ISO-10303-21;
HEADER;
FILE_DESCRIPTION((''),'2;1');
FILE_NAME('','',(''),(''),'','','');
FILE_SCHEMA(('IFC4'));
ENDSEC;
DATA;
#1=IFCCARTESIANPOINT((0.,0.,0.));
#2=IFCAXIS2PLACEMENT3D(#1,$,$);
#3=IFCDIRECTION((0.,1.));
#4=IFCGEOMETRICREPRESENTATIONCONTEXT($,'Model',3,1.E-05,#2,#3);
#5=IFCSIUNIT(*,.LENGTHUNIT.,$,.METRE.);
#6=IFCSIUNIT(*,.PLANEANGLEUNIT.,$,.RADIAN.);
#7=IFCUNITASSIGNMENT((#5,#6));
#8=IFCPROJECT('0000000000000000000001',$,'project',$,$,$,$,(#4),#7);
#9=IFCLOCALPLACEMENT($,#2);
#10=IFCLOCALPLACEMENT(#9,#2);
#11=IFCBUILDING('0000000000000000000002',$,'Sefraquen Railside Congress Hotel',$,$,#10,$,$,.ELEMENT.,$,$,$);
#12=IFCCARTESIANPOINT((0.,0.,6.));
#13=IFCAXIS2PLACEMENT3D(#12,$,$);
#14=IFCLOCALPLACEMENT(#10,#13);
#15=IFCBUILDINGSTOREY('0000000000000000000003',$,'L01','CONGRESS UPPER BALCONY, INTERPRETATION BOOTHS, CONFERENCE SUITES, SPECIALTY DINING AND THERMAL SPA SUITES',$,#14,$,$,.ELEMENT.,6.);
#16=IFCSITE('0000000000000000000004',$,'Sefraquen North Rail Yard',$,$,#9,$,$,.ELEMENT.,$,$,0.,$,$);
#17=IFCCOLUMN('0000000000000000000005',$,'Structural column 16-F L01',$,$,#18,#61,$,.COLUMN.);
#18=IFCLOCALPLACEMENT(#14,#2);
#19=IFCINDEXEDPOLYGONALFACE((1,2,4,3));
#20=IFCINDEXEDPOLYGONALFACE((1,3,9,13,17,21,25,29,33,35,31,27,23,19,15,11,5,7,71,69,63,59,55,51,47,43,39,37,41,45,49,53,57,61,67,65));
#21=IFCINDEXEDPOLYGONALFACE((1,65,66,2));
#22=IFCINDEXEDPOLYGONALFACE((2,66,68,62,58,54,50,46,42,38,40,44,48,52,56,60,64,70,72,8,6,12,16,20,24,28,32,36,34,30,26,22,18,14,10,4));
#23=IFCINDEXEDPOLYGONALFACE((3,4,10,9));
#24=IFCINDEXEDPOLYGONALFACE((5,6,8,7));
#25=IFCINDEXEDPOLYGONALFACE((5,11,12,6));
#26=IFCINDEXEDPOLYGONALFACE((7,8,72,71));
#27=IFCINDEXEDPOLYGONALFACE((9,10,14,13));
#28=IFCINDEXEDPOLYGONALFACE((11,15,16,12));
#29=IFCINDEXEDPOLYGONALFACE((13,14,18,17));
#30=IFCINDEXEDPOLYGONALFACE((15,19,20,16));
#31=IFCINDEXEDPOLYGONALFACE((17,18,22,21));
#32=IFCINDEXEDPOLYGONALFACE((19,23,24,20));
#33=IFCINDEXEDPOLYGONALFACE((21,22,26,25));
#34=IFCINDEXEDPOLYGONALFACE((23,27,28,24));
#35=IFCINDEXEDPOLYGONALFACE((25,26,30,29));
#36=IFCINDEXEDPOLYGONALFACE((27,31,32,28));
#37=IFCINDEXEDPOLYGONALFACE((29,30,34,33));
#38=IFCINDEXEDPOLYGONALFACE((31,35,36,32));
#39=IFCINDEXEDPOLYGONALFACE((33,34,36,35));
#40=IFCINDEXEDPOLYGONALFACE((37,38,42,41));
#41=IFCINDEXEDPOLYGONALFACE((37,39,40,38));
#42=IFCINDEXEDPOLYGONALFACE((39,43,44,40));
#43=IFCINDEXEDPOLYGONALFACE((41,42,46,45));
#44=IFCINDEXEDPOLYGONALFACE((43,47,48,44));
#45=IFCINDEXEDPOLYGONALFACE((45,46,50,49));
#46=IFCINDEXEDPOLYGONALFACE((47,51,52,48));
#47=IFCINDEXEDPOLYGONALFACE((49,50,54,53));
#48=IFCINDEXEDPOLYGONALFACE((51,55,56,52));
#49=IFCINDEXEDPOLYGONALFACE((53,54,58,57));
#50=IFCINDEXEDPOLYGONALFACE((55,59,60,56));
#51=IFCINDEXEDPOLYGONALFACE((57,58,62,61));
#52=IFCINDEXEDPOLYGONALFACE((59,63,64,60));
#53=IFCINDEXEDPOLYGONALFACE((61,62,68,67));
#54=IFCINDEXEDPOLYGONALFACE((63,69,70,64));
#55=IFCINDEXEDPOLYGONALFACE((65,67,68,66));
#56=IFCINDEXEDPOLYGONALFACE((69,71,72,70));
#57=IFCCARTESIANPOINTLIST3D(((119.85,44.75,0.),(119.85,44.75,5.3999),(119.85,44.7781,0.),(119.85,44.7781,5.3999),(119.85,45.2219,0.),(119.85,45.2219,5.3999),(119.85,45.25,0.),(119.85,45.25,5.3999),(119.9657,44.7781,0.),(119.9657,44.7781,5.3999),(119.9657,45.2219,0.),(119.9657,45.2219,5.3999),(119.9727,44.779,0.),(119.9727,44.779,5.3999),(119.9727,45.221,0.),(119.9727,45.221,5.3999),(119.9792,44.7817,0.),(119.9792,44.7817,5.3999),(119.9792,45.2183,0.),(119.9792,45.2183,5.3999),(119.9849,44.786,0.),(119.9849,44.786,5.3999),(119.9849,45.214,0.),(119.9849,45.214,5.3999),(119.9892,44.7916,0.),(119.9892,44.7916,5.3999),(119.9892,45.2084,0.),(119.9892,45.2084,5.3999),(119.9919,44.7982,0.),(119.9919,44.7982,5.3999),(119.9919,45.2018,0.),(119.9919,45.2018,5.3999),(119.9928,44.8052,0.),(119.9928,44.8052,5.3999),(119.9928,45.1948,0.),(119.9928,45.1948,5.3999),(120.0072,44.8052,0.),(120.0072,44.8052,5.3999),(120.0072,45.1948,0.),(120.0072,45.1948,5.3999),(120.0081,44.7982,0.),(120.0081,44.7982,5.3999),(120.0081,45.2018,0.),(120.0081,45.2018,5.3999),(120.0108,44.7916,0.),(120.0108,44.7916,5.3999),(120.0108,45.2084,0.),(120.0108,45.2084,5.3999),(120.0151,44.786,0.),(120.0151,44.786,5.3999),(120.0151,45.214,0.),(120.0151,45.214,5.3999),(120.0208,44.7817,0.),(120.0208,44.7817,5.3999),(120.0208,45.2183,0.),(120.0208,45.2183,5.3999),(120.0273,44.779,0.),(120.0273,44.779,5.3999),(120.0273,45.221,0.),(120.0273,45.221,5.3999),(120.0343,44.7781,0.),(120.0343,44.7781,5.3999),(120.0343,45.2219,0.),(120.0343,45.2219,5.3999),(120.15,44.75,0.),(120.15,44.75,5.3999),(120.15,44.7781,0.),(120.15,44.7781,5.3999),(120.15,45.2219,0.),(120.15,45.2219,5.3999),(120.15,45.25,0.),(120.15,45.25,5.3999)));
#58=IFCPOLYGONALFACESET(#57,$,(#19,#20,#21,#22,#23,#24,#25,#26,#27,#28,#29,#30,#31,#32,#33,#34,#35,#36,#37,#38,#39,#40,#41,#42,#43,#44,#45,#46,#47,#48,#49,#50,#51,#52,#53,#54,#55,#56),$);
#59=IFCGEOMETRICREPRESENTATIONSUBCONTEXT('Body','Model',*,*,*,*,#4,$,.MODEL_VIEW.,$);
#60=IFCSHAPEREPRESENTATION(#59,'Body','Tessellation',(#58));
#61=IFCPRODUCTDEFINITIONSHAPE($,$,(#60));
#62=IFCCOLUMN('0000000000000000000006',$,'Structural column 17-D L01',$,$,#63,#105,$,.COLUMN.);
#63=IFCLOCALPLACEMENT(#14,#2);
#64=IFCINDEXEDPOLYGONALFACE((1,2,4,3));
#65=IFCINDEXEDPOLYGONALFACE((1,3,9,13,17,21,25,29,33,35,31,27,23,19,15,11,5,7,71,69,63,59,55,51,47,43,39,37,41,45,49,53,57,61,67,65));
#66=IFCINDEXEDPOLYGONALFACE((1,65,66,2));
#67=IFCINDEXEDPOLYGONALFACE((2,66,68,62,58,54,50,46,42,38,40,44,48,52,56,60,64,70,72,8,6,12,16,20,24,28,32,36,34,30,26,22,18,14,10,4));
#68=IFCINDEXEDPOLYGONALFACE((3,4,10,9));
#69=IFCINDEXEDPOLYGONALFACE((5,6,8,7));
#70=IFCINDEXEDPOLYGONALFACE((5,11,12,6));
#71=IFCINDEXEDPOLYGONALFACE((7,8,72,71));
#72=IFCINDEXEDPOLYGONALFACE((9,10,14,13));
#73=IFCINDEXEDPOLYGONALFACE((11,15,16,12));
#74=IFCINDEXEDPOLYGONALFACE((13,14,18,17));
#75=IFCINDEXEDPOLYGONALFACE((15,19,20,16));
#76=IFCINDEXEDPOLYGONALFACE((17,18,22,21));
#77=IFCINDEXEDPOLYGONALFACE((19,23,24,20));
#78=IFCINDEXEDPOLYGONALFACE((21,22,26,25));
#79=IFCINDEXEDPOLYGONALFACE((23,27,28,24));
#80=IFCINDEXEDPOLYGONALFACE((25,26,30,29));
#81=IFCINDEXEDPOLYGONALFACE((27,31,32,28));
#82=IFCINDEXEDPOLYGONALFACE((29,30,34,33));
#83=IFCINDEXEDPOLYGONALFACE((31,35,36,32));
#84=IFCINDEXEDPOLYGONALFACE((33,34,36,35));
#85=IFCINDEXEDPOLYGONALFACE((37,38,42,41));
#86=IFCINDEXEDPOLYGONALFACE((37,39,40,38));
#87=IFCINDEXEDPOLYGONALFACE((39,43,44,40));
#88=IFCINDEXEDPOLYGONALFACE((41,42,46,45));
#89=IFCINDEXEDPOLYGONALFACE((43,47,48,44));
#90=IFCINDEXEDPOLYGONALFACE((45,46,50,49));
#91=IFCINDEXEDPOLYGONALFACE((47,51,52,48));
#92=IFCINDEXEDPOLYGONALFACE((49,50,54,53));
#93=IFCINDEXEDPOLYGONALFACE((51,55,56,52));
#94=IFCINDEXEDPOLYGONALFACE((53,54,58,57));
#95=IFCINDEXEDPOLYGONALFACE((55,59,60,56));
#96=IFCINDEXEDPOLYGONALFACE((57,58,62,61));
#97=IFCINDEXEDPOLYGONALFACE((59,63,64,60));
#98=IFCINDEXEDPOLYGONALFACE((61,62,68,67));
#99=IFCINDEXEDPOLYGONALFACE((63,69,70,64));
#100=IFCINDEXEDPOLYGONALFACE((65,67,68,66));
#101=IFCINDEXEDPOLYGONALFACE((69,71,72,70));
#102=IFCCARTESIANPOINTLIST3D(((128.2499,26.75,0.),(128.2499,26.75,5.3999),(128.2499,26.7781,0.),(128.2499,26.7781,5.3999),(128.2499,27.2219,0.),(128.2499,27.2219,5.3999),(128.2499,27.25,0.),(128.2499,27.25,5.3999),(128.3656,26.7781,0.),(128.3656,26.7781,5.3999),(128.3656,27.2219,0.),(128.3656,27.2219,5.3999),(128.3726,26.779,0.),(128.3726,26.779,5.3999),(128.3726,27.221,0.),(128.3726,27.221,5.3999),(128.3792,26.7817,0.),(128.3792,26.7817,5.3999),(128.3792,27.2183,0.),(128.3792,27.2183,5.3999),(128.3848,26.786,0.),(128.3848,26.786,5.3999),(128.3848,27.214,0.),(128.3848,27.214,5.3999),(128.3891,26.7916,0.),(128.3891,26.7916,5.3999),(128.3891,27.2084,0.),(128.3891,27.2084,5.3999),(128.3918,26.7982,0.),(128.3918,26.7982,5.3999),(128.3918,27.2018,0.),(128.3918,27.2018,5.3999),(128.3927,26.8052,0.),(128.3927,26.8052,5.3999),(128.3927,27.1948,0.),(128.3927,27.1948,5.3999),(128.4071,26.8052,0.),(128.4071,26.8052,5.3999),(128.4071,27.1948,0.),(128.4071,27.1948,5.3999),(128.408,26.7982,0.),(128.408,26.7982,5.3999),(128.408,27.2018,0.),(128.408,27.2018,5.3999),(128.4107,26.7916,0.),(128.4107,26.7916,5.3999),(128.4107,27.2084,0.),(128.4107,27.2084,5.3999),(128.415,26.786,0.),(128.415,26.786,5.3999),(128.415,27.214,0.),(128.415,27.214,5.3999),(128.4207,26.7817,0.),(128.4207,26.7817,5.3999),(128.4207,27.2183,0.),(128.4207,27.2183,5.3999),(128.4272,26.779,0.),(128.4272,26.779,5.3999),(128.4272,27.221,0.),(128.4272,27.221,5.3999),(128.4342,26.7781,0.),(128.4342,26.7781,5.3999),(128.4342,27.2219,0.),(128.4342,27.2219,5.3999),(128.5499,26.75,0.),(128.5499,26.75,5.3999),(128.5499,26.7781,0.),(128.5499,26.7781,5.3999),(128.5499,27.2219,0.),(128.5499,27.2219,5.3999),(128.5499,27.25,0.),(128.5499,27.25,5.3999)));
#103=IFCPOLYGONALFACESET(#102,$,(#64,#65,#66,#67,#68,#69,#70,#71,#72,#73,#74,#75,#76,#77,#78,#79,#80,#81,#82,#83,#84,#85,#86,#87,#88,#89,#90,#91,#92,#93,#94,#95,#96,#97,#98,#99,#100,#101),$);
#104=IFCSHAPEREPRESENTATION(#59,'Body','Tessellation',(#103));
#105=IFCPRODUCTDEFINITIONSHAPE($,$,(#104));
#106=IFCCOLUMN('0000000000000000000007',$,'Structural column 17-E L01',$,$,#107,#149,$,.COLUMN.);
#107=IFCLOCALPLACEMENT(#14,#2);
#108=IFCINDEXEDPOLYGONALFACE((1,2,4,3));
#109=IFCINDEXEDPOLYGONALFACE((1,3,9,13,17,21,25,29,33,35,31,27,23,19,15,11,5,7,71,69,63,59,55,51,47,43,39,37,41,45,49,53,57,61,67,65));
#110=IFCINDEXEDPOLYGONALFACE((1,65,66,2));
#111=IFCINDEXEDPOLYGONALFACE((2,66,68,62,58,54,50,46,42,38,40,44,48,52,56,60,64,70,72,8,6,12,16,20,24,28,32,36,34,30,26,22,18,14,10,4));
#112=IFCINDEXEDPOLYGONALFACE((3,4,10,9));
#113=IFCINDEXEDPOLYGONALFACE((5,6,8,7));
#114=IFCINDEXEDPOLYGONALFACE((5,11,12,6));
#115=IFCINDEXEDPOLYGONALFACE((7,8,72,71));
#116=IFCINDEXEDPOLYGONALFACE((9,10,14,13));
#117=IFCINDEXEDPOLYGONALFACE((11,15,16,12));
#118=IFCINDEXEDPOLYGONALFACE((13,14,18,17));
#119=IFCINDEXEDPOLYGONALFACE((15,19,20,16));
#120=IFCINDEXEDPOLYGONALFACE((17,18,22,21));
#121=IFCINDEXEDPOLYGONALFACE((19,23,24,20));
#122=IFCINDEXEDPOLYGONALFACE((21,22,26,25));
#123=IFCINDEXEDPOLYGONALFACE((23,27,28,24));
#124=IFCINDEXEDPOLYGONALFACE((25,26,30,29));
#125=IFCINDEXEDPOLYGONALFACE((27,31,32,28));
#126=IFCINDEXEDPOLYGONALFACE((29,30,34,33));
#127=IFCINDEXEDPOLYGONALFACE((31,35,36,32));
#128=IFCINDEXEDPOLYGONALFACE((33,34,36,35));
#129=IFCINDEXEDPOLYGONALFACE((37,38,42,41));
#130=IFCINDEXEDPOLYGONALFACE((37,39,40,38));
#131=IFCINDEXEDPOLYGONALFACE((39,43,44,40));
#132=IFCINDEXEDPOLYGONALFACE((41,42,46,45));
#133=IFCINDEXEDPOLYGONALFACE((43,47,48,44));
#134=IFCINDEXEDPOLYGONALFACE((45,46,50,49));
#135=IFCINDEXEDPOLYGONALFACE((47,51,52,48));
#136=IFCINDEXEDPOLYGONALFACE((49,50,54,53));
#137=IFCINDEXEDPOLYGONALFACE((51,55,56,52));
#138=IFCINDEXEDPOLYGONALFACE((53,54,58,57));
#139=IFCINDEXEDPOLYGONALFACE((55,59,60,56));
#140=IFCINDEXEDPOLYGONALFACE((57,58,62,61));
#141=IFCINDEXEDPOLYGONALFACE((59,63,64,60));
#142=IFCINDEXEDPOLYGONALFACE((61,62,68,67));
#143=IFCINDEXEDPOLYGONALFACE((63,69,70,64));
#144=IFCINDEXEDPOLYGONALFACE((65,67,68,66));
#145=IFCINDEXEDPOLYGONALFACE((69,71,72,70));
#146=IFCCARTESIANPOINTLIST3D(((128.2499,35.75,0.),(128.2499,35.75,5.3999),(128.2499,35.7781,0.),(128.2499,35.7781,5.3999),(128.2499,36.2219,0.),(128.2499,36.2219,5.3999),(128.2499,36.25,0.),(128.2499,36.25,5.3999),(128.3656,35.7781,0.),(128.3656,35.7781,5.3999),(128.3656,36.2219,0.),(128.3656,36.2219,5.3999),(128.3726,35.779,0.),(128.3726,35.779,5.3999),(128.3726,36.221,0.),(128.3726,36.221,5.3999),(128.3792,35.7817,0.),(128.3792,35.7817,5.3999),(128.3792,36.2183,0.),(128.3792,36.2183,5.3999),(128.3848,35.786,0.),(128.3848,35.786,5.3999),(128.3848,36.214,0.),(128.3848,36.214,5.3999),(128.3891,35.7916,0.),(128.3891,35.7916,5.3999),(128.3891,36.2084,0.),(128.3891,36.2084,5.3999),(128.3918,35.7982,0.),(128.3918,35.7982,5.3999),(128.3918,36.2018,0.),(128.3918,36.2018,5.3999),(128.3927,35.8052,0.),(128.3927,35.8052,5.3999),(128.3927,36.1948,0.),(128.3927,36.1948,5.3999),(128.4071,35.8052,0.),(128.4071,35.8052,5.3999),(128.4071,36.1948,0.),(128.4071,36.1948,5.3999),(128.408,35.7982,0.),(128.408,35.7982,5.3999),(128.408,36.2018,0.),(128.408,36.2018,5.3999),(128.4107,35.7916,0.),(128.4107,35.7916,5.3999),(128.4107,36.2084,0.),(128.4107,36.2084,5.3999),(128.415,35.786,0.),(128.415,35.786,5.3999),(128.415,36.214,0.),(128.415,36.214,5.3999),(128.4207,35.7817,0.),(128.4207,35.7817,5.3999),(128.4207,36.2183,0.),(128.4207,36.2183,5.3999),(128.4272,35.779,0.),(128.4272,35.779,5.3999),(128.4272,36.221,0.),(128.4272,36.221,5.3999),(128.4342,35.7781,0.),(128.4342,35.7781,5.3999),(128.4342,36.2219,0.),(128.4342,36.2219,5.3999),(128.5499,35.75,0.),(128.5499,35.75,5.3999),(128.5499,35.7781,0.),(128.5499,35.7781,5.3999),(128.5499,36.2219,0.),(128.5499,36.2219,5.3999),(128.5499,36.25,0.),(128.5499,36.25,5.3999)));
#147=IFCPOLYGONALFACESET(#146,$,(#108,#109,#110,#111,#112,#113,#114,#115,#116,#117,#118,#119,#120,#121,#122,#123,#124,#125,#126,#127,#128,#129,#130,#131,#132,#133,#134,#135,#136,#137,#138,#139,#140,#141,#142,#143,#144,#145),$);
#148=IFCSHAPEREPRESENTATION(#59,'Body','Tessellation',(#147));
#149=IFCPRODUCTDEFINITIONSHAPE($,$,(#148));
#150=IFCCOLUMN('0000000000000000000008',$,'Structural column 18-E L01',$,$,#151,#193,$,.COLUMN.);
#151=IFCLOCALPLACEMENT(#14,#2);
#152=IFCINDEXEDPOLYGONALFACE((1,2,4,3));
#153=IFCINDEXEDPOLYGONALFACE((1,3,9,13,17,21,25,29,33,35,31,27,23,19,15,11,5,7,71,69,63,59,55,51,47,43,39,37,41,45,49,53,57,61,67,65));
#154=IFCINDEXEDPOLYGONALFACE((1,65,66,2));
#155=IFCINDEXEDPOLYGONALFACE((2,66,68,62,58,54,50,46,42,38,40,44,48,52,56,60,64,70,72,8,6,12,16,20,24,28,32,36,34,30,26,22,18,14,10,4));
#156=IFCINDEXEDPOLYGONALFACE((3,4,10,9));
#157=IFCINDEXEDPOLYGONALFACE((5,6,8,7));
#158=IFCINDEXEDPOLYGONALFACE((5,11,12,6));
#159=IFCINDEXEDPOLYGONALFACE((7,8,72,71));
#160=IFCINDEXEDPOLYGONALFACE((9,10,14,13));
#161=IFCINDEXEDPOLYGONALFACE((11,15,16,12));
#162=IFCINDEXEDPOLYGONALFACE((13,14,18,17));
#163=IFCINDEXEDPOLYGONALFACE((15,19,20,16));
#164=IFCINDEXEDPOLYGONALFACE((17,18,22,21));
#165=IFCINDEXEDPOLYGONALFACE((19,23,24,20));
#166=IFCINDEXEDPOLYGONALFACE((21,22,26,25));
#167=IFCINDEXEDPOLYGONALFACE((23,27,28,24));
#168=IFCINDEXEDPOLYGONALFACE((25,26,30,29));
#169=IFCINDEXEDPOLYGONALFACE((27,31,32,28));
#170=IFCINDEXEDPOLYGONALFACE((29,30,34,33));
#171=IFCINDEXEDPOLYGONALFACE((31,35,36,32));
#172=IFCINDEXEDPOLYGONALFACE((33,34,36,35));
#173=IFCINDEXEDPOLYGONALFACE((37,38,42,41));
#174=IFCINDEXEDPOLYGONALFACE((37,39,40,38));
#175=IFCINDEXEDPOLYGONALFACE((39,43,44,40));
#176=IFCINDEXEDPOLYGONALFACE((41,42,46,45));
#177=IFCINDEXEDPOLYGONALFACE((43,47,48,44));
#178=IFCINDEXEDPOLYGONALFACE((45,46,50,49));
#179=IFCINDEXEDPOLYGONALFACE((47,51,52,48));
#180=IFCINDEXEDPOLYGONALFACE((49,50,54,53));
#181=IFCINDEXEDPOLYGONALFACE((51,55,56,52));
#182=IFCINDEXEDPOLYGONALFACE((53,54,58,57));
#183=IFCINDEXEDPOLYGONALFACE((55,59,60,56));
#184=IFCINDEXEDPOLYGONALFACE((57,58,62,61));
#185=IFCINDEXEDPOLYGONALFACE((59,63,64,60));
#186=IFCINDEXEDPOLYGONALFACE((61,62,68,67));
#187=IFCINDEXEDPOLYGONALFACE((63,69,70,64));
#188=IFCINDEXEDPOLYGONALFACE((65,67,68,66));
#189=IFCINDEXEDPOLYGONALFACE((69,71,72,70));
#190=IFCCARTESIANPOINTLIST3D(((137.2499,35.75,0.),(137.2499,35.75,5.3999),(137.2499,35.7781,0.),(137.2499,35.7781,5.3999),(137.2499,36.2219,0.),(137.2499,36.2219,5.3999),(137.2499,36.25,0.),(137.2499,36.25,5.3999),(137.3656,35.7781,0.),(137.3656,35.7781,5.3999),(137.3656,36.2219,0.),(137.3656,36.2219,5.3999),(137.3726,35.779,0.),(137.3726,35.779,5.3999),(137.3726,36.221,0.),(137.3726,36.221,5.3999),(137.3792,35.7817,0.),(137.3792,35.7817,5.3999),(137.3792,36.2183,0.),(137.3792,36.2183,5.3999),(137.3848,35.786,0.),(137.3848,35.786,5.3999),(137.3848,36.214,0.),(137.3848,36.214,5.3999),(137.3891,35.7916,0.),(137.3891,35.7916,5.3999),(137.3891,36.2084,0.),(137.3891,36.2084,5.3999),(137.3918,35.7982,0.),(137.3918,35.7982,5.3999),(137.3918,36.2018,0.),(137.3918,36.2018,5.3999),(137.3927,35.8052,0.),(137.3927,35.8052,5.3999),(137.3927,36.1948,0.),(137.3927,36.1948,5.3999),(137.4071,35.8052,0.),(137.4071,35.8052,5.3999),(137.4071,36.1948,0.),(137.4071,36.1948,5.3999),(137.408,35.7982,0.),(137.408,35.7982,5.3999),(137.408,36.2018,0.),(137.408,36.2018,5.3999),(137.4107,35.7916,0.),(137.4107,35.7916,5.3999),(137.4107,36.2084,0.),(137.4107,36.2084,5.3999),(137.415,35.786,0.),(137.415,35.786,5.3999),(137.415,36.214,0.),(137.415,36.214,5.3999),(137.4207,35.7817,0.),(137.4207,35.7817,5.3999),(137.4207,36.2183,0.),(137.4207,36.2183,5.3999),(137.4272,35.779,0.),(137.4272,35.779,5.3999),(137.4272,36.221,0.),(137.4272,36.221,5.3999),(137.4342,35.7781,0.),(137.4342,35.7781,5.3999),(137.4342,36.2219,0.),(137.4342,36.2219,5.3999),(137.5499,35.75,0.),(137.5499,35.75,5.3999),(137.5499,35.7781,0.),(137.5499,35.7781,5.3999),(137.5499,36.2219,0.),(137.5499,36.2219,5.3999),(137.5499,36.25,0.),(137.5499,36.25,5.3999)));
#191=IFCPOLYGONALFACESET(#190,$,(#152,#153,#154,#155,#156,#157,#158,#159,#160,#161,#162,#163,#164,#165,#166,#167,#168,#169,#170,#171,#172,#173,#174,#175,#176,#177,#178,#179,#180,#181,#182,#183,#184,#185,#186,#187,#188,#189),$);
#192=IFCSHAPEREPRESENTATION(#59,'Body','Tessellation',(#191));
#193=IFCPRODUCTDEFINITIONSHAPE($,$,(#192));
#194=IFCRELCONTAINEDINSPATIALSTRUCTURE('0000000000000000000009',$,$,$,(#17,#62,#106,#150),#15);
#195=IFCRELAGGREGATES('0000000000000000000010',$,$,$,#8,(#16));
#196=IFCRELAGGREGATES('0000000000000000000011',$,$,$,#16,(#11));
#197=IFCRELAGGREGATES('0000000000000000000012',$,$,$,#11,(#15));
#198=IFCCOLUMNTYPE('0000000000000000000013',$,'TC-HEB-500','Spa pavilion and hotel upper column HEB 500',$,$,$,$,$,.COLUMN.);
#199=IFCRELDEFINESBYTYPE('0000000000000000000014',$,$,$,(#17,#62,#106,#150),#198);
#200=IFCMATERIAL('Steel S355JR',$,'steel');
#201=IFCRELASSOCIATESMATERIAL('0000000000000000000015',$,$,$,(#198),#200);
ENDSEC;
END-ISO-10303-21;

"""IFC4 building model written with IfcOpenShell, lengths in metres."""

from ifc_helpers import new_model, si_unit, direction, frame, origin, origin_2d, place, context, subcontext, project, spatial, i_section, extrude, material, material_profile, profile_set, type_object, element, save


model = new_model("IFC4")

# Units and contexts
model_context = context("Model", 3, precision=1e-05, world=origin(), true_north=direction((0.0, 1.0)))
body_context = subcontext(model_context, "Body", "Model", "MODEL_VIEW")
ifc_project = project(units=[si_unit("LENGTHUNIT", "METRE"), si_unit("PLANEANGLEUNIT", "RADIAN")], contexts=[model_context])

# Site, building, storey
site_placement = place(None, origin())
site = spatial("IfcSite", under=ifc_project, at=site_placement, Name="Sefraquen North Rail Yard", CompositionType="ELEMENT", RefElevation=0.0)
building_placement = place(site_placement, origin())
building = spatial("IfcBuilding", under=site, at=building_placement, Name="Sefraquen Railside Congress Hotel", CompositionType="ELEMENT")
storey_placement = place(building_placement, frame((0.0, 0.0, 6.0)))
storey = spatial("IfcBuildingStorey", under=building, at=storey_placement, Name="L01", Description="CONGRESS UPPER BALCONY, INTERPRETATION BOOTHS, CONFERENCE SUITES, SPECIALTY DINING AND THERMAL SPA SUITES", CompositionType="ELEMENT", Elevation=6.0)

# Columns
ifc_material_1 = material(Name="Steel S355JR", Category="steel")
ifc_material_profile_1 = material_profile(ifc_material_1, i_section(OverallWidth=0.3, OverallDepth=0.5, WebThickness=0.0144, FlangeThickness=0.0281, FilletRadius=0.0271, at=origin_2d()), Name="HEB 500")
ifc_profile_set_1 = profile_set([ifc_material_profile_1], Name="Steel S355JR")
column_type = type_object("IfcColumnType", Name="TC-HEB-500", Description="Spa pavilion and hotel upper column HEB 500", PredefinedType="COLUMN", material=ifc_profile_set_1)
for number, where, z_axis, x_axis, name in (
    (1, (120.0, 45.0, 0.0), (0.0, 0.0, 1.0), (1.0, 0.0, 0.0), "Structural column 16-F L01"),
    (2, (128.3999, 27.0, 0.0), (0.0, 0.0, 1.0), (1.0, 0.0, 0.0), "Structural column 17-D L01"),
    (3, (128.3999, 36.0, 0.0), (0.0, 0.0, 1.0), (1.0, 0.0, 0.0), "Structural column 17-E L01"),
    (4, (137.3999, 36.0, 0.0), (0.0, 0.0, 1.0), (1.0, 0.0, 0.0), "Structural column 18-E L01"),
):
    element("IfcColumn", number, at=place(storey_placement, frame(where, z_axis=z_axis, x_axis=x_axis)), inside=storey, type_object=column_type, Name=name, PredefinedType="COLUMN", context=body_context, shape_type="SweptSolid", body=[
        extrude(i_section(OverallWidth=0.3, OverallDepth=0.5, WebThickness=0.0144, FlangeThickness=0.0281, FilletRadius=0.0271, at=origin_2d()), origin(), (0.0, 0.0, 1.0), 5.3999),
    ])

save(model, "model.ifc")
